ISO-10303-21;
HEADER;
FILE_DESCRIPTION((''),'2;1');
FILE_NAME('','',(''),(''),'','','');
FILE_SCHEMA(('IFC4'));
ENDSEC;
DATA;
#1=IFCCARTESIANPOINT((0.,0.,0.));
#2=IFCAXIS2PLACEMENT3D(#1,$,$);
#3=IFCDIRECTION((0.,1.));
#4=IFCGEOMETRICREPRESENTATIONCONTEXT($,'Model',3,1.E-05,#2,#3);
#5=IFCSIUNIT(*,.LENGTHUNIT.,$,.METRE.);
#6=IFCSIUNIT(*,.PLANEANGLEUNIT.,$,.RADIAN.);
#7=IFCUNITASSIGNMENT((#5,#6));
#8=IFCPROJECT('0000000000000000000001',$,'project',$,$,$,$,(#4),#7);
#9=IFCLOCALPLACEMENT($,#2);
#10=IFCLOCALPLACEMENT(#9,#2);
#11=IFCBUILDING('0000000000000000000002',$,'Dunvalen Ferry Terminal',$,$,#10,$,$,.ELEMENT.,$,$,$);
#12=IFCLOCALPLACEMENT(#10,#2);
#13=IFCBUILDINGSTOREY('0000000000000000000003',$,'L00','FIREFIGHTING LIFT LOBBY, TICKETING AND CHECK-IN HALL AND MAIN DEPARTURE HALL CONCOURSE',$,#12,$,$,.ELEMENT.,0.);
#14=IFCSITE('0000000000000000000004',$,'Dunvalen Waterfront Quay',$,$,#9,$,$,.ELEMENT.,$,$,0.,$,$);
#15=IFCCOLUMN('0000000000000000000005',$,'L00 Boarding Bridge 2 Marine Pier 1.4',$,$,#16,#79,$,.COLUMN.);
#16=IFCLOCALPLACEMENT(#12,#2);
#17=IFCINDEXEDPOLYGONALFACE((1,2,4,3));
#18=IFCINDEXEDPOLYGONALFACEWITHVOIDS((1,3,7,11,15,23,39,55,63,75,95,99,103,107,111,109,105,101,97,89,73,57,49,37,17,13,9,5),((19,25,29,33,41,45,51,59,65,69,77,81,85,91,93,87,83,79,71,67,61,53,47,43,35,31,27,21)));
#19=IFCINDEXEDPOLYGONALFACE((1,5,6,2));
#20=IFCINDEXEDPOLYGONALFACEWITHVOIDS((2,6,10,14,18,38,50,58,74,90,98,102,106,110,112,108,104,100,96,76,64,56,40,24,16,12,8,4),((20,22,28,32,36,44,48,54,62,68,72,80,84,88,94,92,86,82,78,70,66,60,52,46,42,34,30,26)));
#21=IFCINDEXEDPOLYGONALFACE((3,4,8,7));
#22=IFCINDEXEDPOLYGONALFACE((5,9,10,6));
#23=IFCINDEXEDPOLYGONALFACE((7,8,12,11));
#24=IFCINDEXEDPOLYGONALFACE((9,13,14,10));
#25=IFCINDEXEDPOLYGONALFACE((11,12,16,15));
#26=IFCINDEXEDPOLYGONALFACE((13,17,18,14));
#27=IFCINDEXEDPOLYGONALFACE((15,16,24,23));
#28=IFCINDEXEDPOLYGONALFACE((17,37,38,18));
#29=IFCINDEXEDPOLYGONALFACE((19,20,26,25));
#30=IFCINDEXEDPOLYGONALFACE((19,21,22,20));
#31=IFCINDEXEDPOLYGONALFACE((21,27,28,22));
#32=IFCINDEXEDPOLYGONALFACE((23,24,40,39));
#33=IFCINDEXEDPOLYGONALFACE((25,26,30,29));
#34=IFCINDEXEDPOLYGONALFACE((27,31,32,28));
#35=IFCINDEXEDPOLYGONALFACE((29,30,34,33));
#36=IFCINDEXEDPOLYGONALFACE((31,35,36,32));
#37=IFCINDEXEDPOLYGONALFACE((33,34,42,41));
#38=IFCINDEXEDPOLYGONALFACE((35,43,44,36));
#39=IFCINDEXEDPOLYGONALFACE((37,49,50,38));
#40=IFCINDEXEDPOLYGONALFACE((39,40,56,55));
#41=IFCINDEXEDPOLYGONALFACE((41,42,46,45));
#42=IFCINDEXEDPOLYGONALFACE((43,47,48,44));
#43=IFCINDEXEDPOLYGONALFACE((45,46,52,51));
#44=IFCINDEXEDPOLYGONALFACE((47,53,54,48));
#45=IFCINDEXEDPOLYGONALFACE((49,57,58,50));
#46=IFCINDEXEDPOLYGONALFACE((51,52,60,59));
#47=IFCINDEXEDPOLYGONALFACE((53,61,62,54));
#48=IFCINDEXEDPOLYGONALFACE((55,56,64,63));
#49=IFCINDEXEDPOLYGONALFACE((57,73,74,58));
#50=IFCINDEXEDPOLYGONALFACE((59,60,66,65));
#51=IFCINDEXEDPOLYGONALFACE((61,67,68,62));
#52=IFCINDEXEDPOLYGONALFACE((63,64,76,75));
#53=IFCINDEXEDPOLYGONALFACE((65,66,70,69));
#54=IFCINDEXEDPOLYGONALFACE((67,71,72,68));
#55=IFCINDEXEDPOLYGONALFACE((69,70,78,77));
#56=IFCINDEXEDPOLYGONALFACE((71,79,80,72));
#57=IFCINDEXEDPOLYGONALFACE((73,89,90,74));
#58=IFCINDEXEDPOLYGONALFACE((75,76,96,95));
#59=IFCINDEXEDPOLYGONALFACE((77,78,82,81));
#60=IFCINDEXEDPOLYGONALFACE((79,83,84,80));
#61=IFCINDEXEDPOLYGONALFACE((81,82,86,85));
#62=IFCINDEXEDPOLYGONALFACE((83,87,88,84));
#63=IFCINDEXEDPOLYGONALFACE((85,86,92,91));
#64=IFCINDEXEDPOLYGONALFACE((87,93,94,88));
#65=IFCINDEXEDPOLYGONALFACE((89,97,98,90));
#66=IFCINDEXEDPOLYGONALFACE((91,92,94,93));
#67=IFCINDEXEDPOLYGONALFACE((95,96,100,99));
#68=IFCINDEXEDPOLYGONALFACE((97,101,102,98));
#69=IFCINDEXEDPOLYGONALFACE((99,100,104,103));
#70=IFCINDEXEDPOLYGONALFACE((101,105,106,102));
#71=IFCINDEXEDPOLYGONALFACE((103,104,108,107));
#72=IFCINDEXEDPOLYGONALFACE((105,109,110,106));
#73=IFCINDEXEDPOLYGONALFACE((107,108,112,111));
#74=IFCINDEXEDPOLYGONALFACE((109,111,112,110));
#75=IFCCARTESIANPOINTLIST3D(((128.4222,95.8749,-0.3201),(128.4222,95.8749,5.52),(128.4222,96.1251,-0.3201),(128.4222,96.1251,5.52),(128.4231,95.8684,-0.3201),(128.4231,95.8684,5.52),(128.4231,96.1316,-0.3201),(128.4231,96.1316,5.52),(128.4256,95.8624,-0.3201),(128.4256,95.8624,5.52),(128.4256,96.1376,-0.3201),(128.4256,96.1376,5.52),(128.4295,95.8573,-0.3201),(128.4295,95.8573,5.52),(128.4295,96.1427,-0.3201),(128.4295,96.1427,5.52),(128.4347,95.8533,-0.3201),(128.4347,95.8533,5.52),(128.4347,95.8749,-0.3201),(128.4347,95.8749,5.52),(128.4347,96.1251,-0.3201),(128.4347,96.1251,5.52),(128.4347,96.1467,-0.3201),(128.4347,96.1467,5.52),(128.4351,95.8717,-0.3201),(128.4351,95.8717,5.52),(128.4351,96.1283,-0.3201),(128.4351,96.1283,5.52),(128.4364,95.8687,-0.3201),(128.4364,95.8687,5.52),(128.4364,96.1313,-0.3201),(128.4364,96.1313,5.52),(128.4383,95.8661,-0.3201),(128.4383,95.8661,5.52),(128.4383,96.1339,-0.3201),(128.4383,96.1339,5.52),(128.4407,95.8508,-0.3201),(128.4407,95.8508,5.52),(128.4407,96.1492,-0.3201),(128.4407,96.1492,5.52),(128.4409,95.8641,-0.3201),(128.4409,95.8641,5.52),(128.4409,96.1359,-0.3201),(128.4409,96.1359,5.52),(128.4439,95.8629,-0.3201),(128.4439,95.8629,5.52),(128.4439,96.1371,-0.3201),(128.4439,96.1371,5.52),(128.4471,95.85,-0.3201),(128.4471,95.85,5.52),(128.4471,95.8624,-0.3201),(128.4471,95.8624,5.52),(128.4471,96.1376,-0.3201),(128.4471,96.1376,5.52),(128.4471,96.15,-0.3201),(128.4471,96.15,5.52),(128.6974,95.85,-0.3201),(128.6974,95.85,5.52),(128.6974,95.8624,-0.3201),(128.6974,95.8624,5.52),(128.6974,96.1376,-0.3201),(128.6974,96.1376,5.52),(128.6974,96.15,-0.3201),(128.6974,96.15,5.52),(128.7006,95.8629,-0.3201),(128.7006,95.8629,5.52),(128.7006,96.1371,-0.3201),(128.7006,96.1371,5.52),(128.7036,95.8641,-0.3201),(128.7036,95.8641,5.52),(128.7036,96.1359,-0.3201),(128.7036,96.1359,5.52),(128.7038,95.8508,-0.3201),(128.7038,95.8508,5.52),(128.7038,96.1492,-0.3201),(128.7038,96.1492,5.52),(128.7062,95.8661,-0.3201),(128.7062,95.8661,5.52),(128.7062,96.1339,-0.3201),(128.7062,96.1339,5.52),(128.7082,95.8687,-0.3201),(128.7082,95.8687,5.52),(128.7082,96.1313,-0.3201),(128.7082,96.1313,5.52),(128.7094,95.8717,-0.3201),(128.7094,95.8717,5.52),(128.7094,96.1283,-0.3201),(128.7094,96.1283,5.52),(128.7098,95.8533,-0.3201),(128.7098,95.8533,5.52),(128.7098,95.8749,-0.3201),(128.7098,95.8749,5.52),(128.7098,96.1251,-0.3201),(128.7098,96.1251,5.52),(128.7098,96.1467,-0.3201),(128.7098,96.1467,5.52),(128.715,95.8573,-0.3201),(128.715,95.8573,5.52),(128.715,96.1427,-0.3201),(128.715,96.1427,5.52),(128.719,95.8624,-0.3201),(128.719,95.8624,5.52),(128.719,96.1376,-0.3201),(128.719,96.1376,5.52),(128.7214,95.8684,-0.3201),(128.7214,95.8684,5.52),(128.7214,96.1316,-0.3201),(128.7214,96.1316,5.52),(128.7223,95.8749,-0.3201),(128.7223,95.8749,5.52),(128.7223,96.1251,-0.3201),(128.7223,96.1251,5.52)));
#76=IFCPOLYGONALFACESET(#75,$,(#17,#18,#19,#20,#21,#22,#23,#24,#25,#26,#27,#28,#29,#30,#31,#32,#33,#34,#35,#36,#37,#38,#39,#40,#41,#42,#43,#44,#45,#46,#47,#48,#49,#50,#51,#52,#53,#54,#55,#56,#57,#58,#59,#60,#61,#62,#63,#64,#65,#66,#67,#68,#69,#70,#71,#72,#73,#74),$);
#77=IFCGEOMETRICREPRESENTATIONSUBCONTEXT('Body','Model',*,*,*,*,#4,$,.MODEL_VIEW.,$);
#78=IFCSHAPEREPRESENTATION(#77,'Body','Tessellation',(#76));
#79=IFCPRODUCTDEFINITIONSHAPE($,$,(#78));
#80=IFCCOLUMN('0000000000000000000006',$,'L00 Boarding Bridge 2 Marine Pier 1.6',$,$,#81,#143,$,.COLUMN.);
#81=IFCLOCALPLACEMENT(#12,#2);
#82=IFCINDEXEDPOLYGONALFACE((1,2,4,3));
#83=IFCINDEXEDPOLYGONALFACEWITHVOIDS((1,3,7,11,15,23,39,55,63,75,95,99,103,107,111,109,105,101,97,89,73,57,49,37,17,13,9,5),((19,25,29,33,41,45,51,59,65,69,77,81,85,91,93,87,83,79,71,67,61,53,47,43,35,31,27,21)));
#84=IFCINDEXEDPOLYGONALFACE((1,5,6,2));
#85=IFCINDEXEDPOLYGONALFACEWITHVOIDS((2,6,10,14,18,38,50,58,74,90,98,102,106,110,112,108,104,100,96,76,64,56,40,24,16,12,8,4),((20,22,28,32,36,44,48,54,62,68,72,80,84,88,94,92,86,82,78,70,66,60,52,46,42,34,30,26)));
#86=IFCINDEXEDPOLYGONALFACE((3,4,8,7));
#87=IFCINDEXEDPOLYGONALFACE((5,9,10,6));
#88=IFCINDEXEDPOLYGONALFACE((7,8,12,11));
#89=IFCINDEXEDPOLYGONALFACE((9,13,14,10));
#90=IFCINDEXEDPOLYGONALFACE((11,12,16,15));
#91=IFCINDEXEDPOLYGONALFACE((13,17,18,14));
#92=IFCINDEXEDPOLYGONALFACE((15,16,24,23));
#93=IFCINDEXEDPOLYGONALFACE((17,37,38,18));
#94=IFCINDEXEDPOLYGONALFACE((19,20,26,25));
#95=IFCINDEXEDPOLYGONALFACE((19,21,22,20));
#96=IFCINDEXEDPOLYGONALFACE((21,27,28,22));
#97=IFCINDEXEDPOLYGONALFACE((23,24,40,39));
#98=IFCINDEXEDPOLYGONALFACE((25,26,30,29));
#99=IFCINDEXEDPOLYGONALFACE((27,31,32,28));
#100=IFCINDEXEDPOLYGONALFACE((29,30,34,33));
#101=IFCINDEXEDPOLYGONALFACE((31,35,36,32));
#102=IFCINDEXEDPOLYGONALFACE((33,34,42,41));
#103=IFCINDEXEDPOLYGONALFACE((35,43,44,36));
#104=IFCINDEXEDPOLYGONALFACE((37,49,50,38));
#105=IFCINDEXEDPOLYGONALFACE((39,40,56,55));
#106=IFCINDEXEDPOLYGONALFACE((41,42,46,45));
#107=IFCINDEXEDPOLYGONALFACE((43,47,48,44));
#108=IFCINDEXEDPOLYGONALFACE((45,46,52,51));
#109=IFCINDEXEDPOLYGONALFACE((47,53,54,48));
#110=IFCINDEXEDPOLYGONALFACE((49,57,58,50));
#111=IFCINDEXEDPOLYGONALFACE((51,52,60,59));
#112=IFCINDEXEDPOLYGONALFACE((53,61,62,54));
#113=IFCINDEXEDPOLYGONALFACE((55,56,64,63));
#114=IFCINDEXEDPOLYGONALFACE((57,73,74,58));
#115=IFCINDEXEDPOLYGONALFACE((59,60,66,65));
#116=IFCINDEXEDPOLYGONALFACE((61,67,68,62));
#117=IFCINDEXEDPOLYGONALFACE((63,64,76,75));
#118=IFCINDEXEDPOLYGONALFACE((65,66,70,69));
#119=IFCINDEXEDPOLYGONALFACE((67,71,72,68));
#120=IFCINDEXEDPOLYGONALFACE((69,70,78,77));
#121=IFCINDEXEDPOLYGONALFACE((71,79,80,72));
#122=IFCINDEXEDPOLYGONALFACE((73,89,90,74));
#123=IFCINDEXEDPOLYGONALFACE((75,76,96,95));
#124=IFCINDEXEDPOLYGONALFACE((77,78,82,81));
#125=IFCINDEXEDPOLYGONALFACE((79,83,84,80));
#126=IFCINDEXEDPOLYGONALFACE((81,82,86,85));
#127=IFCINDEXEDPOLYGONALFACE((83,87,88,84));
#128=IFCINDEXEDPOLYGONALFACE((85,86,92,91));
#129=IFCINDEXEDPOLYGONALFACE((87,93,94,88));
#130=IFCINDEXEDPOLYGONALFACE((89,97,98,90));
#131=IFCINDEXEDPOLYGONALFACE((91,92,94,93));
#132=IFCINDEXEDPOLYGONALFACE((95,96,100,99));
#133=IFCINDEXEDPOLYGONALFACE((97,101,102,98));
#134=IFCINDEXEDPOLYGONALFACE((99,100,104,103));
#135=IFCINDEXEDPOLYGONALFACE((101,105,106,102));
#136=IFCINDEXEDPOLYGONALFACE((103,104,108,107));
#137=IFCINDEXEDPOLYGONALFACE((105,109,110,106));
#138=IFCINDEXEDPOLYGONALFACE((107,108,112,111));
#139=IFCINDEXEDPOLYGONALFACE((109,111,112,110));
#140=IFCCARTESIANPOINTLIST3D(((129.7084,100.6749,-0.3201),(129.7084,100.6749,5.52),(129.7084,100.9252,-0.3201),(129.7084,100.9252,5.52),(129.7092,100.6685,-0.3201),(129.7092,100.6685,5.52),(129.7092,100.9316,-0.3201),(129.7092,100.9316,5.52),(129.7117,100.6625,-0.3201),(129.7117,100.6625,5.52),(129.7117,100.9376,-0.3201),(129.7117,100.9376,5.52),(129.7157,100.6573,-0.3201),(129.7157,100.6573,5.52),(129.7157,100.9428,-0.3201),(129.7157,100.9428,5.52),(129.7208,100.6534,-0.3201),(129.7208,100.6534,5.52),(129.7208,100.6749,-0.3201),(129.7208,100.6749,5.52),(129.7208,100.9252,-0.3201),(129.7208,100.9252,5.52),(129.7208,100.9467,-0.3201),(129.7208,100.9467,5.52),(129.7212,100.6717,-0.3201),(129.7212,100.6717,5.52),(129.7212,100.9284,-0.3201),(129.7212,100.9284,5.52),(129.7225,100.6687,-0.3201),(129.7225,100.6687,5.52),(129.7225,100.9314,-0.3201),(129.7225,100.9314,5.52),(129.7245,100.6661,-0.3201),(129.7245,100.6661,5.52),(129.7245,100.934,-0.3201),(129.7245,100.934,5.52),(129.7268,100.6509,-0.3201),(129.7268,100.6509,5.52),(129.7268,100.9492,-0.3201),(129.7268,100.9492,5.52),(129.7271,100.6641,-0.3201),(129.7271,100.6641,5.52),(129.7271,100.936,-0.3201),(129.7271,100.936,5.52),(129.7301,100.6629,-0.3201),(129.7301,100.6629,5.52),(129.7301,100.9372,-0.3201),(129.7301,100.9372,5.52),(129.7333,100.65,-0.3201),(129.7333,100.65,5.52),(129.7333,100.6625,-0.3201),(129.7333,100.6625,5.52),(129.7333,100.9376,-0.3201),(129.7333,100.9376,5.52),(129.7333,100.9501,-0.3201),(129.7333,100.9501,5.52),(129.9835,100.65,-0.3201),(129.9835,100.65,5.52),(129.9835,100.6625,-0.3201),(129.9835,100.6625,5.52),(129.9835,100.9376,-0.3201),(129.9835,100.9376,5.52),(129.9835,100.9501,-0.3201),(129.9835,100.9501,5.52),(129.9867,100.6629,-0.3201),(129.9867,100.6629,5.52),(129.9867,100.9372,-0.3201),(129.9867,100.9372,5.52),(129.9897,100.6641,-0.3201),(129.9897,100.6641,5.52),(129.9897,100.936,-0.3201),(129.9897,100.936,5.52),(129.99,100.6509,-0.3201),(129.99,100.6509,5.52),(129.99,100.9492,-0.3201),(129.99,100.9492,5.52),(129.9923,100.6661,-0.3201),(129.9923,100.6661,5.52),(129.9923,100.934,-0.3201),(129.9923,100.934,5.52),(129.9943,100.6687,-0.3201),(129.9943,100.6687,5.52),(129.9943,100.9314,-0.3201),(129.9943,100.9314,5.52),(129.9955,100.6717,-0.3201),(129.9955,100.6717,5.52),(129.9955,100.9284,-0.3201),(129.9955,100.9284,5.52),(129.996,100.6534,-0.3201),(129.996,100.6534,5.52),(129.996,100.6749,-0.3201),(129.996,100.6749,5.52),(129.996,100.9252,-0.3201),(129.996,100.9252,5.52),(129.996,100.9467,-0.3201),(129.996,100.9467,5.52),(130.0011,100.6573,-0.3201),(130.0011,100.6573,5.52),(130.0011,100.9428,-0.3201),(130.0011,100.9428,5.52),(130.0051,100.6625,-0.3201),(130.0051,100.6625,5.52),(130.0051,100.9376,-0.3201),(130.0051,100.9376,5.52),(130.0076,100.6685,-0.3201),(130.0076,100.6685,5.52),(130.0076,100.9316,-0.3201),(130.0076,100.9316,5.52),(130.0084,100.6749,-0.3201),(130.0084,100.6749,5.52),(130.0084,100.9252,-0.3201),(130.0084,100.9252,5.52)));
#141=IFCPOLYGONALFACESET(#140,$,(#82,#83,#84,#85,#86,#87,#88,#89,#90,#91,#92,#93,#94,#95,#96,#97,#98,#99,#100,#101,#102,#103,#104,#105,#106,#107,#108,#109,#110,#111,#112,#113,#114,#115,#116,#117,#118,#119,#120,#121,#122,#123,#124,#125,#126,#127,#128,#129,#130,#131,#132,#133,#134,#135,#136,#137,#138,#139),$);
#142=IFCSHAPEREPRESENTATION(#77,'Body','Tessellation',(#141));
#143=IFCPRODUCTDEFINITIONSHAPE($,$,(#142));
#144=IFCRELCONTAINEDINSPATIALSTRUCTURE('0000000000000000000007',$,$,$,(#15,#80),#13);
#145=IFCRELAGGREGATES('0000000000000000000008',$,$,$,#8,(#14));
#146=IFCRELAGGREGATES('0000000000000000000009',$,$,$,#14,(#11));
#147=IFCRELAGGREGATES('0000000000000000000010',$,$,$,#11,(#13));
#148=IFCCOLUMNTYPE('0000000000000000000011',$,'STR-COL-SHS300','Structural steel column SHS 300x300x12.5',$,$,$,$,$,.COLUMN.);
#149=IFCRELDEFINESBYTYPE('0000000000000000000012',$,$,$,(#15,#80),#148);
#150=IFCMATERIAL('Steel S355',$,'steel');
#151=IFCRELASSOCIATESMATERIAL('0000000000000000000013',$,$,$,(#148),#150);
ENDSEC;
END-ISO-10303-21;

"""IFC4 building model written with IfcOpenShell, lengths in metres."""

from ifc_helpers import new_model, si_unit, direction, frame, origin, origin_2d, place, context, subcontext, project, spatial, hollow_rectangle, extrude, material, material_profile, profile_set, type_object, element, save


model = new_model("IFC4")

# Units and contexts
model_context = context("Model", 3, precision=1e-05, world=origin(), true_north=direction((0.0, 1.0)))
body_context = subcontext(model_context, "Body", "Model", "MODEL_VIEW")
ifc_project = project(units=[si_unit("LENGTHUNIT", "METRE"), si_unit("PLANEANGLEUNIT", "RADIAN")], contexts=[model_context])

# Site, building, storey
site_placement = place(None, origin())
site = spatial("IfcSite", under=ifc_project, at=site_placement, Name="Dunvalen Waterfront Quay", CompositionType="ELEMENT", RefElevation=0.0)
building_placement = place(site_placement, origin())
building = spatial("IfcBuilding", under=site, at=building_placement, Name="Dunvalen Ferry Terminal", CompositionType="ELEMENT")
storey_placement = place(building_placement, origin())
storey = spatial("IfcBuildingStorey", under=building, at=storey_placement, Name="L00", Description="FIREFIGHTING LIFT LOBBY, TICKETING AND CHECK-IN HALL AND MAIN DEPARTURE HALL CONCOURSE", CompositionType="ELEMENT", Elevation=0.0)

# Columns
ifc_material_1 = material(Name="Steel S355", Category="steel")
ifc_material_profile_1 = material_profile(ifc_material_1, hollow_rectangle(XDim=0.3, YDim=0.3, WallThickness=0.0125, InnerFilletRadius=0.0125, OuterFilletRadius=0.0249, at=origin_2d()), Name="Steel S355")
ifc_profile_set_1 = profile_set([ifc_material_profile_1], Name="Steel S355")
column_type_1 = type_object("IfcColumnType", Name="STR-COL-SHS300", Description="Structural steel column SHS 300x300x12.5", PredefinedType="COLUMN", material=ifc_profile_set_1)
for number, where, z_axis, x_axis, name in (
    (1, (128.5723, 96.0, -0.3201), (0.0, 0.0, 1.0), (1.0, 0.0, 0.0), "L00 Boarding Bridge 2 Marine Pier 1.4"),
    (2, (129.8584, 100.8, -0.3201), (0.0, 0.0, 1.0), (1.0, 0.0, 0.0), "L00 Boarding Bridge 2 Marine Pier 1.6"),
):
    element("IfcColumn", number, at=place(storey_placement, frame(where, z_axis=z_axis, x_axis=x_axis)), inside=storey, type_object=column_type_1, Name=name, PredefinedType="COLUMN", context=body_context, shape_type="SweptSolid", body=[
        extrude(hollow_rectangle(XDim=0.3, YDim=0.3, WallThickness=0.0125, InnerFilletRadius=0.0125, OuterFilletRadius=0.0249, at=origin_2d()), origin(), (0.0, 0.0, 1.0), 5.8401),
    ])

save(model, "model.ifc")
